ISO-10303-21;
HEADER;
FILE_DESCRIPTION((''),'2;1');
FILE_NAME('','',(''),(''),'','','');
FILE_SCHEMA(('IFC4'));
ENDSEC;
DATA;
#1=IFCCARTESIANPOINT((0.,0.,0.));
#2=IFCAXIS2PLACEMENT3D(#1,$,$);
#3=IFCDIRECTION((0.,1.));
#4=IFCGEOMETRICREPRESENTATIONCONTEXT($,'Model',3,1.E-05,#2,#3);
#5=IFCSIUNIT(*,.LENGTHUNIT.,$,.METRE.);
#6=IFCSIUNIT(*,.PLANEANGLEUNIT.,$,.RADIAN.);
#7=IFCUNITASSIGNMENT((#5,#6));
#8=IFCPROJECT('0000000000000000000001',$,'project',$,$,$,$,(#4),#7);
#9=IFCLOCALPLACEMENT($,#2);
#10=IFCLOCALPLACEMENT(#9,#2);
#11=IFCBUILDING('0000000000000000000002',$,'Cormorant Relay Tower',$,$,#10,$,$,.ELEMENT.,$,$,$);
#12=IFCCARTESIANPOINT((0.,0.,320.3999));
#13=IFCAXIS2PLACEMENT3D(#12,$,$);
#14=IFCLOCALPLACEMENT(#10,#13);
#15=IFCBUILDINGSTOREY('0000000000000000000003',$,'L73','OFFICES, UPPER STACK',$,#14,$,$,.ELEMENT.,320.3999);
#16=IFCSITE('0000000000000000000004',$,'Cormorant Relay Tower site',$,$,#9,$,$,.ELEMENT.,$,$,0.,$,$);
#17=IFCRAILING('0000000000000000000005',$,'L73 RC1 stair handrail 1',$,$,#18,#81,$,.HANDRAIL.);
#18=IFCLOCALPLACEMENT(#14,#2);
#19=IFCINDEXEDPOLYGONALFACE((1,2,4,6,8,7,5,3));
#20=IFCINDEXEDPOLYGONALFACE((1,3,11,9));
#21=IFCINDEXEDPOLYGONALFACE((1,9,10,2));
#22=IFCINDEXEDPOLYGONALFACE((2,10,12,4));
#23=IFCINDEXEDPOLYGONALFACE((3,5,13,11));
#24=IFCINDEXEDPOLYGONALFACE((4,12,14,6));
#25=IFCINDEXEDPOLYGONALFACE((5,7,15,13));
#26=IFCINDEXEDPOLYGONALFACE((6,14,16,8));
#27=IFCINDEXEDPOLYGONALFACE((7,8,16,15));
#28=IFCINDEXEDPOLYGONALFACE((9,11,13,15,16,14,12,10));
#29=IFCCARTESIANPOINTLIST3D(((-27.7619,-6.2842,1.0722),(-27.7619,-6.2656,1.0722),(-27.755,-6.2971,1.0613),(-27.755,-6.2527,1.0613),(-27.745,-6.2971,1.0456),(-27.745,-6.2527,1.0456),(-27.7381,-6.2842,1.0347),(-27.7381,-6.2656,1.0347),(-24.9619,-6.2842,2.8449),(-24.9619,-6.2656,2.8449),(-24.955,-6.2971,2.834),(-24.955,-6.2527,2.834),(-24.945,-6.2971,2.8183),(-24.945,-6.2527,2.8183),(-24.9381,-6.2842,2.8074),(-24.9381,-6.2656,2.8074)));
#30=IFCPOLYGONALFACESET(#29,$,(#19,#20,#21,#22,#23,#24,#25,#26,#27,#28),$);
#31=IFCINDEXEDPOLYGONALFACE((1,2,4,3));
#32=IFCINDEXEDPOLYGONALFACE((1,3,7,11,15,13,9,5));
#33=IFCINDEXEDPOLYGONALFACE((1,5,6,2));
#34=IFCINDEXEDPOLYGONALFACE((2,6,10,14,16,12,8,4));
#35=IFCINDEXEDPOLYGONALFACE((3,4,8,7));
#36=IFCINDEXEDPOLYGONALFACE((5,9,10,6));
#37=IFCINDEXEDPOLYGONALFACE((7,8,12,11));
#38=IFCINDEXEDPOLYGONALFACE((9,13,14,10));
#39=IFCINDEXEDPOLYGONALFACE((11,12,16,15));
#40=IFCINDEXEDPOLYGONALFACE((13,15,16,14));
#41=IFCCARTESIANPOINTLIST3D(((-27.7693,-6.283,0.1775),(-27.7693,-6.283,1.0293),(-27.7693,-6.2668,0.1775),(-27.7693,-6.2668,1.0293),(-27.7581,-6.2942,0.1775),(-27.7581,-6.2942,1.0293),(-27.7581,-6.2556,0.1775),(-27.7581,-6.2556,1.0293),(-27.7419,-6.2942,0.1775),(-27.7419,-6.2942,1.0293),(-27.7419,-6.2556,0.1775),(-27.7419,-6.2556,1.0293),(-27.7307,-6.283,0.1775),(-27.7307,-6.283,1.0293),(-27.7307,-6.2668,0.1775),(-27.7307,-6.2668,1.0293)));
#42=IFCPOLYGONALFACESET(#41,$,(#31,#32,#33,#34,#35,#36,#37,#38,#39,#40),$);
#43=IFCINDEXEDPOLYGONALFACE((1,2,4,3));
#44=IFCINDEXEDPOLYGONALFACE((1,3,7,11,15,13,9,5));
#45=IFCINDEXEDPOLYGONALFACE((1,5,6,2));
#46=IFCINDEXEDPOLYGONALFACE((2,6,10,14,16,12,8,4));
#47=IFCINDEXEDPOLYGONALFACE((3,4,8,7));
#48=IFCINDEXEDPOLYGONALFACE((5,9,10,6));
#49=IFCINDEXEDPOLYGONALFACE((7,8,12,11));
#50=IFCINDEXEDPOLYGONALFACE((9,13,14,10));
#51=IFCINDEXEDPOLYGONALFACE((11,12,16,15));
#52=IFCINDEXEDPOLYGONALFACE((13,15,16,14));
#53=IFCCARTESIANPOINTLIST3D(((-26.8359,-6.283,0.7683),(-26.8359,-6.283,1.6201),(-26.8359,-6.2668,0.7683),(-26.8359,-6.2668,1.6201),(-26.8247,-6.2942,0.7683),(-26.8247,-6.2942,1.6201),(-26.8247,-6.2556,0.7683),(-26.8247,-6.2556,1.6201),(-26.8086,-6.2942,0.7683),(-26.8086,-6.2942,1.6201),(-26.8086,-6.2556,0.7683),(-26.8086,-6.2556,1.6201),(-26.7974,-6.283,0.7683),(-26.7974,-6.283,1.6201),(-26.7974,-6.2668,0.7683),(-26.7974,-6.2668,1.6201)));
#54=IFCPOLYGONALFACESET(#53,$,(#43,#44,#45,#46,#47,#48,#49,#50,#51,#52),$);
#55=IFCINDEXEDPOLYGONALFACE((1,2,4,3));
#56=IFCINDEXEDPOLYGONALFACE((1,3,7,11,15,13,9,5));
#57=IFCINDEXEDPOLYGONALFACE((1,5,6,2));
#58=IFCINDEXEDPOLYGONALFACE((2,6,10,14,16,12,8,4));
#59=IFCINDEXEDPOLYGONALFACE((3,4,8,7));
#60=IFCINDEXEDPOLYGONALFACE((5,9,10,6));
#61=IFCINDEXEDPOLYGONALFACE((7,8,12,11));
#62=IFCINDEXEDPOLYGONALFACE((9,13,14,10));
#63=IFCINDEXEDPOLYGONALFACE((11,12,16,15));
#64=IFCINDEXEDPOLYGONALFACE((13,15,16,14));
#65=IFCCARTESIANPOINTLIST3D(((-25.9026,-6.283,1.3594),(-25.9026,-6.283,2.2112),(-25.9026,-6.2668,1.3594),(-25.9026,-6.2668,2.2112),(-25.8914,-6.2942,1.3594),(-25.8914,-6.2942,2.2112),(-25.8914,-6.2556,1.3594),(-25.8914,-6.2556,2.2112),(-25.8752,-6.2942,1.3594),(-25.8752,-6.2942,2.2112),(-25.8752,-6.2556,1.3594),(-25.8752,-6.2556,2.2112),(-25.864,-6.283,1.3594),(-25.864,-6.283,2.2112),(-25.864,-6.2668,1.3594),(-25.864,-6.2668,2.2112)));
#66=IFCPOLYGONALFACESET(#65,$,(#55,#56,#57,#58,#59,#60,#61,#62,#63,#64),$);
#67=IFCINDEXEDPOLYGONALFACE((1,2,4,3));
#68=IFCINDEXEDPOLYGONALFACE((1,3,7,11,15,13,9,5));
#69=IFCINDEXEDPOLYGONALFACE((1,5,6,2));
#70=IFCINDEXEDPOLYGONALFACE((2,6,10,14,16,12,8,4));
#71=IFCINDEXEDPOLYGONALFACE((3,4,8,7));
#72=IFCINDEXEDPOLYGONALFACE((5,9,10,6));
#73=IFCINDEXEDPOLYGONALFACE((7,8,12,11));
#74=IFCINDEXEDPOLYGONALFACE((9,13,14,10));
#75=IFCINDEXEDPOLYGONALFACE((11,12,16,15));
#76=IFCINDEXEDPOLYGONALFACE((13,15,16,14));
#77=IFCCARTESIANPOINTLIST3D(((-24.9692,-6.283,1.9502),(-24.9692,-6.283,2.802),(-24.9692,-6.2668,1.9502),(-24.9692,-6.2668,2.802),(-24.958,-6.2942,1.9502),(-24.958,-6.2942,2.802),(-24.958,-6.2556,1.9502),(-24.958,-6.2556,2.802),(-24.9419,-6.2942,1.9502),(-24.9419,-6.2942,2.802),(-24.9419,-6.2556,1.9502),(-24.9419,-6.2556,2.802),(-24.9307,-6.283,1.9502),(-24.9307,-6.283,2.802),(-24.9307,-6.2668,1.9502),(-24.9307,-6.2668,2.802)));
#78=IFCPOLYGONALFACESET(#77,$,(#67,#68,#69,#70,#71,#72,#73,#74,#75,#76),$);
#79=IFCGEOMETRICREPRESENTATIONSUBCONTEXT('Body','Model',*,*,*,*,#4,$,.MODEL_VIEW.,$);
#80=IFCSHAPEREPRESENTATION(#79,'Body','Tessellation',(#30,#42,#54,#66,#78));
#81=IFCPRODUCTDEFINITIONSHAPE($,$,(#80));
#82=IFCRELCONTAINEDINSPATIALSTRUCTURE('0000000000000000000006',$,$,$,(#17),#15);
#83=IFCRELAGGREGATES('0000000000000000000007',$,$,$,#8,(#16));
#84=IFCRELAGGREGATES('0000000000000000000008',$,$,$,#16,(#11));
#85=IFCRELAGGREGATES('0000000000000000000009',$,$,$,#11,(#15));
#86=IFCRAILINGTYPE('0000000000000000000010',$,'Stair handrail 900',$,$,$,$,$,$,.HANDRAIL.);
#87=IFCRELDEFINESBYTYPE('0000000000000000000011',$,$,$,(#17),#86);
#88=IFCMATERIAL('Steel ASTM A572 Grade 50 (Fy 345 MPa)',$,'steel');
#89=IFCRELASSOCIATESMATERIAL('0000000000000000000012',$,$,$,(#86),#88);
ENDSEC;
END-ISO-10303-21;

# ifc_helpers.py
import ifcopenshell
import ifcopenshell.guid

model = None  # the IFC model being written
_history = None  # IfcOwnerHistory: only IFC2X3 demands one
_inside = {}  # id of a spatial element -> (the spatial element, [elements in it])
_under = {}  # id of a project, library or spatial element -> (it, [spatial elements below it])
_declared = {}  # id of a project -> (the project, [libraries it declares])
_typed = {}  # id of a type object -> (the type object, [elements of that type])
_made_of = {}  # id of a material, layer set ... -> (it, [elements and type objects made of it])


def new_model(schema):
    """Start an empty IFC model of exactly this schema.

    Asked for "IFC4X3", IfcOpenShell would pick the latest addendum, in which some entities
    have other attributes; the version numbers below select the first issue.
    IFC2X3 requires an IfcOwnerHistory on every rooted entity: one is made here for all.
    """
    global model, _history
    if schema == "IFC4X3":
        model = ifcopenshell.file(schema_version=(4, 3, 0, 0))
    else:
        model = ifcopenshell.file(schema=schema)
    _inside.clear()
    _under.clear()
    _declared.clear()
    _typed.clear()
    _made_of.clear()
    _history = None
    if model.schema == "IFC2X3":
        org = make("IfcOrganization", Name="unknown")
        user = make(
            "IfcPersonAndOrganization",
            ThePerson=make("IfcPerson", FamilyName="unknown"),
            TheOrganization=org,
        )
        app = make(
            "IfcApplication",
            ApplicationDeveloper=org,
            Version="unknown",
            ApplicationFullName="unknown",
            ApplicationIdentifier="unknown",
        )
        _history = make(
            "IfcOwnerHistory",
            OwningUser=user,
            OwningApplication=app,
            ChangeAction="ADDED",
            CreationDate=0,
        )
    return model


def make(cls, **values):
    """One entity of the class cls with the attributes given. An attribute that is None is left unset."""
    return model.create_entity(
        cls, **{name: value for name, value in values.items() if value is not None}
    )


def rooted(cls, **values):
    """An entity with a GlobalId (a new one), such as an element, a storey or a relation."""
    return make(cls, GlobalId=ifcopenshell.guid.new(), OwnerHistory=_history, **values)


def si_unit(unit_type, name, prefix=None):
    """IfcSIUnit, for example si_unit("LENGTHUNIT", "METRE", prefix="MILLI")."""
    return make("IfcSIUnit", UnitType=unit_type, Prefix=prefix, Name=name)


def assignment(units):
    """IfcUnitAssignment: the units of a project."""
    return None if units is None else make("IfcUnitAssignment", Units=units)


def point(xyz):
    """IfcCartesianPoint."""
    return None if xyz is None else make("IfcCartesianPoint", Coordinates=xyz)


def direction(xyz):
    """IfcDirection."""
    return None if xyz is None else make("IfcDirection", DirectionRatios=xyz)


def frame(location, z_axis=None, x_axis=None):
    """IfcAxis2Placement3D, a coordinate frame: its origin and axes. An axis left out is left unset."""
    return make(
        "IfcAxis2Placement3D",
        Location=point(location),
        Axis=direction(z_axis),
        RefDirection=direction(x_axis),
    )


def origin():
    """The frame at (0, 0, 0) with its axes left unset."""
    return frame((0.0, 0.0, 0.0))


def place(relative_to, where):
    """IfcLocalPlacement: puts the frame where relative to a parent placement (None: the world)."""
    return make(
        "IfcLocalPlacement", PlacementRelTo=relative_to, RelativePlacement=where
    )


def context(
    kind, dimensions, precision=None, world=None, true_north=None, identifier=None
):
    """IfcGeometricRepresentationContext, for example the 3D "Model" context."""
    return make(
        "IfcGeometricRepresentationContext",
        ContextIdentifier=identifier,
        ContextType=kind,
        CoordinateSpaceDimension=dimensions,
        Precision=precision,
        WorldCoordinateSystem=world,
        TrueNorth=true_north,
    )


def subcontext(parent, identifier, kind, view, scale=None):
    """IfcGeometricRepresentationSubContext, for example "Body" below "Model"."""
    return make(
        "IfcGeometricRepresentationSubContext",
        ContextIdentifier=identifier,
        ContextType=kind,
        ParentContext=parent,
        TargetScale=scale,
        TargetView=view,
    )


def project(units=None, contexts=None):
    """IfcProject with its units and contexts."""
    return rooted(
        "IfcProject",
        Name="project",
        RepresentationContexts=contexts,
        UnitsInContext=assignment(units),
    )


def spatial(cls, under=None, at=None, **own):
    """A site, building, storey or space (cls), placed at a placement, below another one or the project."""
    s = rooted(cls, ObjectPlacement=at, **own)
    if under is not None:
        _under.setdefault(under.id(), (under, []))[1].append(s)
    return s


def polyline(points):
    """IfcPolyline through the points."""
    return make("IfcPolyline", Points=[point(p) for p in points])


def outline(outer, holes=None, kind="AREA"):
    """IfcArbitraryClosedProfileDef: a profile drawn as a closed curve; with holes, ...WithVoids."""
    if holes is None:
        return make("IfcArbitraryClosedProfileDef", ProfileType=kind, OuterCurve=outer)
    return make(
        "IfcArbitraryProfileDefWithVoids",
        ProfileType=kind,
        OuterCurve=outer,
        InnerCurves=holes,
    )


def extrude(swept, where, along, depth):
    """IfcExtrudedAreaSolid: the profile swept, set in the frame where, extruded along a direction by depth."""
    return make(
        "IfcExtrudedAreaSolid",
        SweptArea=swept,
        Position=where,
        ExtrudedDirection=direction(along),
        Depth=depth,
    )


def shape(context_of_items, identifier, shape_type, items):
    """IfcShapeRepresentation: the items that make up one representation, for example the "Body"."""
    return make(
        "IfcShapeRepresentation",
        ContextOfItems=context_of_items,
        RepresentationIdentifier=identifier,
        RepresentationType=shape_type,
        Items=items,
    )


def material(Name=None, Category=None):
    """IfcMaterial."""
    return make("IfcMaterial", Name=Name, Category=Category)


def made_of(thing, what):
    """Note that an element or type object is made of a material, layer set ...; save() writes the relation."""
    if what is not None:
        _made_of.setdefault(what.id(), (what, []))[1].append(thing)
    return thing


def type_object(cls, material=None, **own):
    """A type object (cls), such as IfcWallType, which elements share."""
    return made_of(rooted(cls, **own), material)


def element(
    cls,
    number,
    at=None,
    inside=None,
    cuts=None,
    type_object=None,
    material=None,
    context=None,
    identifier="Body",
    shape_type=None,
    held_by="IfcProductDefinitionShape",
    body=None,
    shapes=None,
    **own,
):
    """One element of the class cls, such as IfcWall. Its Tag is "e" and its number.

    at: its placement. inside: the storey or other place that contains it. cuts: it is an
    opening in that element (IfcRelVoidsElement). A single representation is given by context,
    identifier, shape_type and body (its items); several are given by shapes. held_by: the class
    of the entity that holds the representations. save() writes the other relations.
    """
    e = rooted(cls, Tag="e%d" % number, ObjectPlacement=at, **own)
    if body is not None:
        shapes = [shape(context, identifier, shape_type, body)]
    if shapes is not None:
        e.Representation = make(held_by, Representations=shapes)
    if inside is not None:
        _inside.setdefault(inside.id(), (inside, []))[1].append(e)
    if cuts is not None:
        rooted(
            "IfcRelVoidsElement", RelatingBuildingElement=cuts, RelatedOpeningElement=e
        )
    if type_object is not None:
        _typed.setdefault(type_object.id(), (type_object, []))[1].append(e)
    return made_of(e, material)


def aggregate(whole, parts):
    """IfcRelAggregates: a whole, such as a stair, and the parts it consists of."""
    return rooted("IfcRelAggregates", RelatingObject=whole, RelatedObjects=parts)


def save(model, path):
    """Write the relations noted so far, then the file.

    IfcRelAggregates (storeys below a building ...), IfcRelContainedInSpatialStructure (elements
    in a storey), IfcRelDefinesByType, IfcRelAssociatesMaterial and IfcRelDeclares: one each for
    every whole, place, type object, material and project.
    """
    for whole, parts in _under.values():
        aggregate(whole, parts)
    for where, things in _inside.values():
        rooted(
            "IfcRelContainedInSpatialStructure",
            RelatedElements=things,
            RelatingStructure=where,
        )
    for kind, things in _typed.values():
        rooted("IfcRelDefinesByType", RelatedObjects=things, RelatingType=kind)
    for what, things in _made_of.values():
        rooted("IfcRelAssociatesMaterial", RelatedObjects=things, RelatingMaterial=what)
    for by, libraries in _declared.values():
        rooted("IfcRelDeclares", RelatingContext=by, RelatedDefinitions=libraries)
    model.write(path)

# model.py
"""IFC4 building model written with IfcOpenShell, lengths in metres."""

from ifc_helpers import new_model, si_unit, direction, frame, origin, place, context, subcontext, project, spatial, polyline, outline, extrude, material, type_object, element, save


model = new_model("IFC4")

# Units and contexts
model_context = context("Model", 3, precision=1e-05, world=origin(), true_north=direction((0.0, 1.0)))
body_context = subcontext(model_context, "Body", "Model", "MODEL_VIEW")
ifc_project = project(units=[si_unit("LENGTHUNIT", "METRE"), si_unit("PLANEANGLEUNIT", "RADIAN")], contexts=[model_context])

# Site, building, storey
site_placement = place(None, origin())
site = spatial("IfcSite", under=ifc_project, at=site_placement, Name="Cormorant Relay Tower site", CompositionType="ELEMENT", RefElevation=0.0)
building_placement = place(site_placement, origin())
building = spatial("IfcBuilding", under=site, at=building_placement, Name="Cormorant Relay Tower", CompositionType="ELEMENT")
storey_placement = place(building_placement, frame((0.0, 0.0, 320.3999)))
storey = spatial("IfcBuildingStorey", under=building, at=storey_placement, Name="L73", Description="OFFICES, UPPER STACK", CompositionType="ELEMENT", Elevation=320.3999)

# Railing
ifc_material_1 = material(Name="Steel ASTM A572 Grade 50 (Fy 345 MPa)", Category="steel")
railing_type_1 = type_object("IfcRailingType", Name="Stair handrail 900", PredefinedType="HANDRAIL", material=ifc_material_1)
railing_1_placement = place(storey_placement, frame((-27.75, -6.2749, 0.1775)))
element("IfcRailing", 1, at=railing_1_placement, inside=storey, type_object=railing_type_1, Name="L73 RC1 stair handrail 1", PredefinedType="HANDRAIL", context=body_context, shape_type="SweptSolid", body=[
    extrude(outline(polyline([(0.0222, 0.0093), (0.0093, 0.0222), (-0.0093, 0.0222), (-0.0222, 0.0093), (-0.0222, -0.0093), (-0.0093, -0.0222), (0.0093, -0.0222), (0.0222, -0.0093), (0.0222, 0.0093)])), frame((0.0, 0.0, 0.876), z_axis=(0.844909, 0.0, 0.53491), x_axis=(0.0, 1.0, 0.0)), (0.0, 0.0, 1.0), 3.314),
    extrude(outline(polyline([(0.0193, 0.0081), (0.0081, 0.0193), (-0.0081, 0.0193), (-0.0193, 0.0081), (-0.0193, -0.0081), (-0.0081, -0.0193), (0.0081, -0.0193), (0.0193, -0.0081), (0.0193, 0.0081)])), origin(), (0.0, 0.0, 1.0), 0.8518),
    extrude(outline(polyline([(0.0193, 0.0081), (0.0081, 0.0193), (-0.0081, 0.0193), (-0.0193, 0.0081), (-0.0193, -0.0081), (-0.0081, -0.0193), (0.0081, -0.0193), (0.0193, -0.0081), (0.0193, 0.0081)])), frame((0.9333, 0.0, 0.5908)), (0.0, 0.0, 1.0), 0.8518),
    extrude(outline(polyline([(0.0193, 0.0081), (0.0081, 0.0193), (-0.0081, 0.0193), (-0.0193, 0.0081), (-0.0193, -0.0081), (-0.0081, -0.0193), (0.0081, -0.0193), (0.0193, -0.0081), (0.0193, 0.0081)])), frame((1.8667, 0.0, 1.1819)), (0.0, 0.0, 1.0), 0.8518),
    extrude(outline(polyline([(0.0193, 0.0081), (0.0081, 0.0193), (-0.0081, 0.0193), (-0.0193, 0.0081), (-0.0193, -0.0081), (-0.0081, -0.0193), (0.0081, -0.0193), (0.0193, -0.0081), (0.0193, 0.0081)])), frame((2.8, 0.0, 1.7727)), (0.0, 0.0, 1.0), 0.8518),
])

save(model, "model.ifc")
